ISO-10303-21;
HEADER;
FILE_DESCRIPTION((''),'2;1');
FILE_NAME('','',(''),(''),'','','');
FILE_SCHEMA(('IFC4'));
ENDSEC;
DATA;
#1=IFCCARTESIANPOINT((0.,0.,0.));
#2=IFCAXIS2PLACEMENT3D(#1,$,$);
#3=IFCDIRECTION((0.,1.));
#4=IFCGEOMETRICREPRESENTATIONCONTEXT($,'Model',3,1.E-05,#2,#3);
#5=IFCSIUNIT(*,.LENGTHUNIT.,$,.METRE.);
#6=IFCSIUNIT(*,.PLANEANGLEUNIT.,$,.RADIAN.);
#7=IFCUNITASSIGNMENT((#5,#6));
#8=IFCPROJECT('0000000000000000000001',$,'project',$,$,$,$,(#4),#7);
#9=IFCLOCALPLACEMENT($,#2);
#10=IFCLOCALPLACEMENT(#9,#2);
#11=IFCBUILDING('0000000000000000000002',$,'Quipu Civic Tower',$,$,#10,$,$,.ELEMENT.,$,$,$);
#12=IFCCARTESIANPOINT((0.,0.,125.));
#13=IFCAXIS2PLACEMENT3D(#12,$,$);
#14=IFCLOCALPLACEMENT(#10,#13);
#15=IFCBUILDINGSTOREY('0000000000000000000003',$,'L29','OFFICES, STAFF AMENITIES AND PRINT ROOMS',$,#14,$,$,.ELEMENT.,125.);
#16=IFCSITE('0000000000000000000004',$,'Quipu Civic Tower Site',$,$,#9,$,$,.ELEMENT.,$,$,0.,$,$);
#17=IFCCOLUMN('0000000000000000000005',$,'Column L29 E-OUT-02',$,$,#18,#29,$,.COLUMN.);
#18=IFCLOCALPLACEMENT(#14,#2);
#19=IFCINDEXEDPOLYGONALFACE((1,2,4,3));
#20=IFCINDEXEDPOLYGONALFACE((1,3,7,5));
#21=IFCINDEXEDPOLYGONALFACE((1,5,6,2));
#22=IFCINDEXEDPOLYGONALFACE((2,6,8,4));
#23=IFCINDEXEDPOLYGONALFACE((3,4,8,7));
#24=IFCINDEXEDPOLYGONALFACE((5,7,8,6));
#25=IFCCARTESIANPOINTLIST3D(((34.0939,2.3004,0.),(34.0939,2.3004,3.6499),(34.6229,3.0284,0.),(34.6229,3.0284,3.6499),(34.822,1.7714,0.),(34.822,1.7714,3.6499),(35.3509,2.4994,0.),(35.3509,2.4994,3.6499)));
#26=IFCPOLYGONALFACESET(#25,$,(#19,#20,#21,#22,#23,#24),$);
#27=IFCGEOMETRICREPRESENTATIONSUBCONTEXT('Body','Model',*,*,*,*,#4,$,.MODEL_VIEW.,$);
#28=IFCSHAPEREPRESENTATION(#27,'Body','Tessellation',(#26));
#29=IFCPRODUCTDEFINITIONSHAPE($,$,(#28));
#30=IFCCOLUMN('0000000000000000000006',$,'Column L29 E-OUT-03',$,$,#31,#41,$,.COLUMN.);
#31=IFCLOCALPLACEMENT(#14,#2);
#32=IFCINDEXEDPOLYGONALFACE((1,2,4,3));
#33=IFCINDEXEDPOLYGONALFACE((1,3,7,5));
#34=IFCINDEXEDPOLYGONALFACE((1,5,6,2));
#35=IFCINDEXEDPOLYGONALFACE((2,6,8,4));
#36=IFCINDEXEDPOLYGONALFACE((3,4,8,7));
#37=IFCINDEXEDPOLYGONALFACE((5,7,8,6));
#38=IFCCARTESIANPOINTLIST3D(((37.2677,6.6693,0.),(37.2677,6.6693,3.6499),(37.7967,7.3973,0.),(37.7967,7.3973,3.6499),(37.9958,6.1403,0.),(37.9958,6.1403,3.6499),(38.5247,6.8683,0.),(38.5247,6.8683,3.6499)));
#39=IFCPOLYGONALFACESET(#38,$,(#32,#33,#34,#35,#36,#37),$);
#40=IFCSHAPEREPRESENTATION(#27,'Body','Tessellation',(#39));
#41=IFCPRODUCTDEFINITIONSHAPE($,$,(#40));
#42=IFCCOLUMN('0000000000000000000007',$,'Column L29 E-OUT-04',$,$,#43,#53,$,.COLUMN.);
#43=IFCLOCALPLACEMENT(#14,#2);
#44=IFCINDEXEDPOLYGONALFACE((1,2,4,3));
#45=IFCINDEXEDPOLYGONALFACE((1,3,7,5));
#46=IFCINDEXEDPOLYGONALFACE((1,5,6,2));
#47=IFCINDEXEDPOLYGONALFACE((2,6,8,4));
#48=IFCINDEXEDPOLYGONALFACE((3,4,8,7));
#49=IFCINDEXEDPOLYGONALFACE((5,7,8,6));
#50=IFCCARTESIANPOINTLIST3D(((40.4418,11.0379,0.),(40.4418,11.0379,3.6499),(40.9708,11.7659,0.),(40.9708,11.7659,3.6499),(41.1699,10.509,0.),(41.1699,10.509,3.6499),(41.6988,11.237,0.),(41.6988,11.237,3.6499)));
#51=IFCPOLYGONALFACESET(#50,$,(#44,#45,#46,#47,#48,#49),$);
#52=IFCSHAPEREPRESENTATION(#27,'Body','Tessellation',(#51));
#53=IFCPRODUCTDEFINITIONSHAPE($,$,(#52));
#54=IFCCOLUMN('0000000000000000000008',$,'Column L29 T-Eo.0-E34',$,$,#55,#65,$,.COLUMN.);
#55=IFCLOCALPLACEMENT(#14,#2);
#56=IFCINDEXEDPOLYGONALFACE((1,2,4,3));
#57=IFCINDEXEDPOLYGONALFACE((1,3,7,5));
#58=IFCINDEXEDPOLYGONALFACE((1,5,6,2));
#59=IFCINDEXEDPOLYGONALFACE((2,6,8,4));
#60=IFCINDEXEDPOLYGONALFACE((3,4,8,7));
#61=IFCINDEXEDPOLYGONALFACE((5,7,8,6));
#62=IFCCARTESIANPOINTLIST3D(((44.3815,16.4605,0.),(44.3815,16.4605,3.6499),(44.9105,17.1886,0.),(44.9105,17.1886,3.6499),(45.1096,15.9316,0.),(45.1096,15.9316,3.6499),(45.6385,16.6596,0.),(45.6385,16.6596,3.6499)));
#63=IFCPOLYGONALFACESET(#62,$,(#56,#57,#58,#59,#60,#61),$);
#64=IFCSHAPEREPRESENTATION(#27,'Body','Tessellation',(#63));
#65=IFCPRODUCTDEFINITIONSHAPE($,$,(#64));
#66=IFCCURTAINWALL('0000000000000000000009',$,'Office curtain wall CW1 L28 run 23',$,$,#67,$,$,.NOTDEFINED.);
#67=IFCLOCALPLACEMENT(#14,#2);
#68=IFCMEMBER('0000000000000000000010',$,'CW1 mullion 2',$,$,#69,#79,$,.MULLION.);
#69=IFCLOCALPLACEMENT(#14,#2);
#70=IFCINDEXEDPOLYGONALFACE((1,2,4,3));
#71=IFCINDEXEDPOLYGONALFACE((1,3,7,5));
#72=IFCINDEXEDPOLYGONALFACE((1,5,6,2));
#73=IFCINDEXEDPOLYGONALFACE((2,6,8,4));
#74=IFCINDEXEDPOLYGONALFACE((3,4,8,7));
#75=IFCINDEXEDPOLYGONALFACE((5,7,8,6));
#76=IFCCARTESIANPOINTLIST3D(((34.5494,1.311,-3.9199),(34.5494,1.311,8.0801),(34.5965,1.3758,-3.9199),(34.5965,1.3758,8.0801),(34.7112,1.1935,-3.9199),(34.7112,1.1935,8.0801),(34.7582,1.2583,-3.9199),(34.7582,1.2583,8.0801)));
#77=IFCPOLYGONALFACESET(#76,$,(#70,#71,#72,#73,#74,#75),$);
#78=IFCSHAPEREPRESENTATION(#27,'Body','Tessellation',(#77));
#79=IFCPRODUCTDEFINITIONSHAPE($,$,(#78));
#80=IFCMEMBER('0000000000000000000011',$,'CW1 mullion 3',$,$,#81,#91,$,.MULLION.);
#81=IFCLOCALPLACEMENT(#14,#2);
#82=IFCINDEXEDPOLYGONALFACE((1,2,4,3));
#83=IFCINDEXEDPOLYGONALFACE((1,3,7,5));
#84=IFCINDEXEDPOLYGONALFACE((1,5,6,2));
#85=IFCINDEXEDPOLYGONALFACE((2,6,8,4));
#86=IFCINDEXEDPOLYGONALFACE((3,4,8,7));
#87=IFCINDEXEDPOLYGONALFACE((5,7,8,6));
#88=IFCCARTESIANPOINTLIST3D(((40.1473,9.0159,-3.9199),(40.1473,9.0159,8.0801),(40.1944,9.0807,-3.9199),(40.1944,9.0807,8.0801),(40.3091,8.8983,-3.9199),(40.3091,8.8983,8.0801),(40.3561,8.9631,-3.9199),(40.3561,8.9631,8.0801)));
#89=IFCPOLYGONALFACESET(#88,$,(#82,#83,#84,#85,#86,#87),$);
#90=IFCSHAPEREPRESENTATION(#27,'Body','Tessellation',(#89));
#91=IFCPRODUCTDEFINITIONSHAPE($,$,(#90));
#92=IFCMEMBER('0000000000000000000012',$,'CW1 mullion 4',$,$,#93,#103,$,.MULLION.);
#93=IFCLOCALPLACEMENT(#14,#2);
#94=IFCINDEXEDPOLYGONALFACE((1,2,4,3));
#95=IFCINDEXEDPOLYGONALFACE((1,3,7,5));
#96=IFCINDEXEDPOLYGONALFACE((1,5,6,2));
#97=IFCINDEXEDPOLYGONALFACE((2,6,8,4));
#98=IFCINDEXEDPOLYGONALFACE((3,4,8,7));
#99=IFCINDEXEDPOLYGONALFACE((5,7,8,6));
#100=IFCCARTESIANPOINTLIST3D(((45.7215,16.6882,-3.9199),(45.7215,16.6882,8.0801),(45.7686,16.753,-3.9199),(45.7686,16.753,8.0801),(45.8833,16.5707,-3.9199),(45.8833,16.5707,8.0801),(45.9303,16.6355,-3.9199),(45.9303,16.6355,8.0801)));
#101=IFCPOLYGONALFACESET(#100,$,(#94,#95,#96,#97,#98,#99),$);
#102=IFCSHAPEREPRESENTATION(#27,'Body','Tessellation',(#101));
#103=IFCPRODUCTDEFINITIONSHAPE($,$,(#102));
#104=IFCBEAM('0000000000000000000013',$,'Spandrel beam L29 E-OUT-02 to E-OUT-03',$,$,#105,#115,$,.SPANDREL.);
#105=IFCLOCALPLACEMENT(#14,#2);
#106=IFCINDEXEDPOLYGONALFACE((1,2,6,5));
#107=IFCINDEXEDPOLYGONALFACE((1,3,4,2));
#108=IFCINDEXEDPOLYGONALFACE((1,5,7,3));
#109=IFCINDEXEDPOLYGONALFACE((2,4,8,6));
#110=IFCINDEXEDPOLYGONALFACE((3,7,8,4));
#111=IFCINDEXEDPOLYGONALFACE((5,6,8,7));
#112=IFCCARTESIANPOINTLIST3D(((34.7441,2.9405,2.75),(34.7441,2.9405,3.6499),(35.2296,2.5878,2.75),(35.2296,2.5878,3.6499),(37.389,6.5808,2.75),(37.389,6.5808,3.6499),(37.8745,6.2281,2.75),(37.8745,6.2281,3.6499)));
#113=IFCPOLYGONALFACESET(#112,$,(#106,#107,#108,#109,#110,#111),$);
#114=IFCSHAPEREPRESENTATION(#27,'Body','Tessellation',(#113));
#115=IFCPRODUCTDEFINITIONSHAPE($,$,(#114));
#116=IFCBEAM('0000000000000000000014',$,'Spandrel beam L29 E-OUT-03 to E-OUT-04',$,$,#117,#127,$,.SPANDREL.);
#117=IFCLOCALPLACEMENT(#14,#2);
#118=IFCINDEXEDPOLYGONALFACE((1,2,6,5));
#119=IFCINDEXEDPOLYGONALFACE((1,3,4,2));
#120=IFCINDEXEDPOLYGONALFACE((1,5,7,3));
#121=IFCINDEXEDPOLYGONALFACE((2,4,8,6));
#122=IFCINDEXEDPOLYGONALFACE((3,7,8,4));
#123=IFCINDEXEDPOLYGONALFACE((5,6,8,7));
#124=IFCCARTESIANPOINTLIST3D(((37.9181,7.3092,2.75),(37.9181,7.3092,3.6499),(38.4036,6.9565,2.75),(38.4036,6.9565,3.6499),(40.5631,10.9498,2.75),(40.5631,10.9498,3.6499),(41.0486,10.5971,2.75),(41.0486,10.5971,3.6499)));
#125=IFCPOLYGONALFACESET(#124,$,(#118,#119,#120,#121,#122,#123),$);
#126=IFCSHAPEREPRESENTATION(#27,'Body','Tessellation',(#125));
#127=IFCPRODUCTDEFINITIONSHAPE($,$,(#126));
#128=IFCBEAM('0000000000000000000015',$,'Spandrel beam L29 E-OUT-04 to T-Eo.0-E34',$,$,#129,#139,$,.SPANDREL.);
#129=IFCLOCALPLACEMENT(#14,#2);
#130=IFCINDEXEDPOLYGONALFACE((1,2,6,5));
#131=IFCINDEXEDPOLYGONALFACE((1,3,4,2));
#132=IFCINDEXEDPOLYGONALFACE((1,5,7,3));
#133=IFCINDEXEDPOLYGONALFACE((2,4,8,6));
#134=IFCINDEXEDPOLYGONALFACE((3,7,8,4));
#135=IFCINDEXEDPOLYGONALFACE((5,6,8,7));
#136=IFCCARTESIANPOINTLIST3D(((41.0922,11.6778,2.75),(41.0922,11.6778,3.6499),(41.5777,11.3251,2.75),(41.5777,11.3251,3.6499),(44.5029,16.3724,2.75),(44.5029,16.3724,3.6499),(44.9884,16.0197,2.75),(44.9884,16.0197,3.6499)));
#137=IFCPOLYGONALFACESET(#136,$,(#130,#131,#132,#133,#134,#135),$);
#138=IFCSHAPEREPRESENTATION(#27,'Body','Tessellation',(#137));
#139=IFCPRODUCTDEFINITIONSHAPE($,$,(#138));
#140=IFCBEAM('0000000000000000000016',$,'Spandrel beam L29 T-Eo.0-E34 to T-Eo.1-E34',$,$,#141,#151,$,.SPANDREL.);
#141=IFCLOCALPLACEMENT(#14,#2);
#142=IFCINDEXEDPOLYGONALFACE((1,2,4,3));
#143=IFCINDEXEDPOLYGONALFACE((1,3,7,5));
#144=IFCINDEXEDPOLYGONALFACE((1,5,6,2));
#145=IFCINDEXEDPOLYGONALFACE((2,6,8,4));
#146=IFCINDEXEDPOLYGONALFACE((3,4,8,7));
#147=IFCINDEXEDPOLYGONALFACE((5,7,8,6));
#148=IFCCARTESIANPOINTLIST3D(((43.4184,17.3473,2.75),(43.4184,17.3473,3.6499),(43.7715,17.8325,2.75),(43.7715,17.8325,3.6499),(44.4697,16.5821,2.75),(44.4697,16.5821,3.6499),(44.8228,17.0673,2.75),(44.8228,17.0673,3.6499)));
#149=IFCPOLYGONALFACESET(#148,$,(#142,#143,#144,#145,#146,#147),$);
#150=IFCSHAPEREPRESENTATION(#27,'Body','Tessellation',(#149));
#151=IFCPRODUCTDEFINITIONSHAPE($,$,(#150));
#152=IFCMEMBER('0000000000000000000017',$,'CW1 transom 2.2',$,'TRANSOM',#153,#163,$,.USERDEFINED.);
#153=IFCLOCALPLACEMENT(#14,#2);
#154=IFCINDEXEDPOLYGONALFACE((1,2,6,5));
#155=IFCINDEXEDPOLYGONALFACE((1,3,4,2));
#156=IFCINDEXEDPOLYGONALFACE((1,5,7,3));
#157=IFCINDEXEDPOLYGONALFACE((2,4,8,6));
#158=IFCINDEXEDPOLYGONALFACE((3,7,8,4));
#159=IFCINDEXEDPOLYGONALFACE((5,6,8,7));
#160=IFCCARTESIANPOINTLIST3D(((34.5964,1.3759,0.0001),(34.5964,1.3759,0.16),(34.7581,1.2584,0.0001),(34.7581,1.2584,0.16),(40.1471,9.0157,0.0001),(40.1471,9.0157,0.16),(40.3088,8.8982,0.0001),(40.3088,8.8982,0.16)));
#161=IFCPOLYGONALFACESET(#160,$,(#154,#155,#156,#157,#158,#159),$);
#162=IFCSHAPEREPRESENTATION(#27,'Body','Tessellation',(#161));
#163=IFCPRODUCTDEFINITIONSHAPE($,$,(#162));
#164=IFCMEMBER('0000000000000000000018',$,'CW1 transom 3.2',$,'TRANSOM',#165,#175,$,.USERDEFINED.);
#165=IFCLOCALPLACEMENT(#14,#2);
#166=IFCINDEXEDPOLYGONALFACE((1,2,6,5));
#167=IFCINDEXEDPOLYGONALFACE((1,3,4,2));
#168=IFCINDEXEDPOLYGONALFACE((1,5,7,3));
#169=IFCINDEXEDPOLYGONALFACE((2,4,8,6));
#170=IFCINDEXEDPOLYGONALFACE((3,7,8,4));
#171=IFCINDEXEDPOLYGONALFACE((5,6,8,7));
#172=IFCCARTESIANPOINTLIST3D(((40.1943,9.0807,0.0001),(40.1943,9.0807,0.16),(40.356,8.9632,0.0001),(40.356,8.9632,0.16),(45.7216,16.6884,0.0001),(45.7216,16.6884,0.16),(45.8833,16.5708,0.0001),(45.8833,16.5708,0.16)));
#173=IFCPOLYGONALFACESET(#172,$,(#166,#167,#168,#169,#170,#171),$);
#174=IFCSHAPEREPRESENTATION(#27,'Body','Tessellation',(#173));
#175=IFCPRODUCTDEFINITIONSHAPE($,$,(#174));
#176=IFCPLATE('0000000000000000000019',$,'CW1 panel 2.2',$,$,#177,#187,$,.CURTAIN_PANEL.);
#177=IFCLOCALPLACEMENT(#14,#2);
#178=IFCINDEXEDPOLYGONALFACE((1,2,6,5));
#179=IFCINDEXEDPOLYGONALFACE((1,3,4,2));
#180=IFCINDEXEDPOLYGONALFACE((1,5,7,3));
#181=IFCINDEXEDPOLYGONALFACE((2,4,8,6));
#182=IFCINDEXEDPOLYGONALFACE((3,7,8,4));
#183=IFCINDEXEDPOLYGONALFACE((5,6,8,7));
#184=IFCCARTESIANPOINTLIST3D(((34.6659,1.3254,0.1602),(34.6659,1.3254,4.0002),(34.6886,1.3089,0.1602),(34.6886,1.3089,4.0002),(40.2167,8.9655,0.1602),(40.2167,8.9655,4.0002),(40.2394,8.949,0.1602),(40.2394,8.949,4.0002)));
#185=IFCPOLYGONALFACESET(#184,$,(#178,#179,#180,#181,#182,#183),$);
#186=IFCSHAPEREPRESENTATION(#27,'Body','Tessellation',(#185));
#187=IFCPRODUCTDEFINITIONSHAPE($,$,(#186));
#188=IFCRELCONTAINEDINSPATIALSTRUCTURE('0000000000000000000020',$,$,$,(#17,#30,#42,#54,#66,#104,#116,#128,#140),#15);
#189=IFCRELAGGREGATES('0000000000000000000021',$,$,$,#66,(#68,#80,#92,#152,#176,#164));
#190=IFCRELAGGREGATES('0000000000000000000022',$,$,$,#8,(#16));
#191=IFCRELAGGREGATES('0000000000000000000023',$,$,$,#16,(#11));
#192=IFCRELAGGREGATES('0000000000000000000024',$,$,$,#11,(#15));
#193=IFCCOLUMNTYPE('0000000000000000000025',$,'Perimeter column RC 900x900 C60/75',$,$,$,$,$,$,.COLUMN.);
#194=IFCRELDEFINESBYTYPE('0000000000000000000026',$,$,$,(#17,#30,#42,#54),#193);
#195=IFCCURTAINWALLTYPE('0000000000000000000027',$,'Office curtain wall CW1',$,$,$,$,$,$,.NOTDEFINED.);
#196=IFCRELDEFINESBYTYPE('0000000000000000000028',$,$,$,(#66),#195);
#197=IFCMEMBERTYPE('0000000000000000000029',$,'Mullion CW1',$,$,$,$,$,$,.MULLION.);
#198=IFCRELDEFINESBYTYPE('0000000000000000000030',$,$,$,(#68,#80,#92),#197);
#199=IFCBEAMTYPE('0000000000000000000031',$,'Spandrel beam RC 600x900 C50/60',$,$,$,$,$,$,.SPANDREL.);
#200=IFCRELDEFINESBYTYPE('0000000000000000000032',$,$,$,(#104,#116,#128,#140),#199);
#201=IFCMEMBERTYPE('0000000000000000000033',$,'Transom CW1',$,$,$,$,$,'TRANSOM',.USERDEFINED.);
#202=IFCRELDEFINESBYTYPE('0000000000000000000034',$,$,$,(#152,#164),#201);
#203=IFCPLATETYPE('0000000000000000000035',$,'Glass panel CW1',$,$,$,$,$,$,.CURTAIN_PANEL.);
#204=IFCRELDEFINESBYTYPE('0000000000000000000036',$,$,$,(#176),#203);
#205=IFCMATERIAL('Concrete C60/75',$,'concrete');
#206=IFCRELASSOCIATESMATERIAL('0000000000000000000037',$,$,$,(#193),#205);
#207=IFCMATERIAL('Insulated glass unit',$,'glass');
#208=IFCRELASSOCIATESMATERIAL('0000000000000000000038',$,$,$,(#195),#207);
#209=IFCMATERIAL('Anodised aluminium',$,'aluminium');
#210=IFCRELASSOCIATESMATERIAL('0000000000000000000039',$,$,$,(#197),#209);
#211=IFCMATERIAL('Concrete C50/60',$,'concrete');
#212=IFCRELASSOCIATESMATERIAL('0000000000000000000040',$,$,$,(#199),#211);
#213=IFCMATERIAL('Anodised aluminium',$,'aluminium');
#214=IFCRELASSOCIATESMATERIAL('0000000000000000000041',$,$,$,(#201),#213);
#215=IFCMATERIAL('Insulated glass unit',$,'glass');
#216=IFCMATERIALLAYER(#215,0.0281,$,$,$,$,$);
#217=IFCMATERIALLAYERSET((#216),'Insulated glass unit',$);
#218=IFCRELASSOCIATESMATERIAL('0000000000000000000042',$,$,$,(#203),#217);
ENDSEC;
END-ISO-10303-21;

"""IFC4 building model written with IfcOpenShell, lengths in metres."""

from ifc_helpers import new_model, si_unit, direction, frame, origin, origin_2d, place, context, subcontext, project, spatial, rectangle, extrude, material, layer, layer_set, material_profile, profile_set, type_object, element, aggregate, save


model = new_model("IFC4")

# Units and contexts
model_context = context("Model", 3, precision=1e-05, world=origin(), true_north=direction((0.0, 1.0)))
body_context = subcontext(model_context, "Body", "Model", "MODEL_VIEW")
ifc_project = project(units=[si_unit("LENGTHUNIT", "METRE"), si_unit("PLANEANGLEUNIT", "RADIAN")], contexts=[model_context])

# Site, building, storey
site_placement = place(None, origin())
site = spatial("IfcSite", under=ifc_project, at=site_placement, Name="Quipu Civic Tower Site", CompositionType="ELEMENT", RefElevation=0.0)
building_placement = place(site_placement, origin())
building = spatial("IfcBuilding", under=site, at=building_placement, Name="Quipu Civic Tower", CompositionType="ELEMENT")
storey_placement = place(building_placement, frame((0.0, 0.0, 125.0)))
storey = spatial("IfcBuildingStorey", under=building, at=storey_placement, Name="L29", Description="OFFICES, STAFF AMENITIES AND PRINT ROOMS", CompositionType="ELEMENT", Elevation=125.0)

# Columns
ifc_material_1 = material(Name="Concrete C60/75", Category="concrete")
ifc_material_profile_1 = material_profile(ifc_material_1, rectangle(XDim=0.8999, YDim=0.8999, at=origin_2d()), Name="RC900x900")
ifc_profile_set_1 = profile_set([ifc_material_profile_1], Name="Concrete C60/75")
column_type = type_object("IfcColumnType", Name="Perimeter column RC 900x900 C60/75", PredefinedType="COLUMN", material=ifc_profile_set_1)
for number, where, z_axis, x_axis, name in (
    (1, (34.7224, 2.3999, 0.0), (0.0, 0.0, 1.0), (0.587785, 0.809017, 0.0), "Column L29 E-OUT-02"),
    (2, (37.8962, 6.7688, 0.0), (0.0, 0.0, 1.0), (0.587785, 0.809017, 0.0), "Column L29 E-OUT-03"),
    (3, (41.0703, 11.1375, 0.0), (0.0, 0.0, 1.0), (0.587785, 0.809017, 0.0), "Column L29 E-OUT-04"),
    (4, (45.01, 16.5601, 0.0), (0.0, 0.0, 1.0), (0.587785, 0.809017, 0.0), "Column L29 T-Eo.0-E34"),
):
    element("IfcColumn", number, at=place(storey_placement, frame(where, z_axis=z_axis, x_axis=x_axis)), inside=storey, type_object=column_type, Name=name, PredefinedType="COLUMN", context=body_context, shape_type="SweptSolid", body=[
        extrude(rectangle(XDim=0.8999, YDim=0.8999, at=origin_2d()), origin(), (0.0, 0.0, 1.0), 3.6499),
    ])

# Curtain wall, members
ifc_material_2 = material(Name="Insulated glass unit", Category="glass")
curtain_wall_type = type_object("IfcCurtainWallType", Name="Office curtain wall CW1", PredefinedType="NOTDEFINED", material=ifc_material_2)
curtain_wall_placement = place(storey_placement, origin())
curtain_wall = element("IfcCurtainWall", 5, at=curtain_wall_placement, inside=storey, type_object=curtain_wall_type, Name="Office curtain wall CW1 L28 run 23", PredefinedType="NOTDEFINED")
ifc_material_3 = material(Name="Anodised aluminium", Category="aluminium")
ifc_material_profile_2 = material_profile(ifc_material_3, rectangle(XDim=0.2, YDim=0.0801, at=origin_2d()), Name="RECT 200x80")
ifc_profile_set_2 = profile_set([ifc_material_profile_2], Name="Anodised aluminium")
member_type_1 = type_object("IfcMemberType", Name="Mullion CW1", PredefinedType="MULLION", material=ifc_profile_set_2)
member_1_placement = place(storey_placement, frame((34.6538, 1.2847, -3.9199), z_axis=(0.0, 0.0, 1.0), x_axis=(-0.809017, 0.587785, 0.0)))
member_1 = element("IfcMember", 6, at=member_1_placement, type_object=member_type_1, Name="CW1 mullion 2", PredefinedType="MULLION", context=body_context, shape_type="SweptSolid", body=[
    extrude(rectangle(XDim=0.2, YDim=0.0801, at=origin_2d()), origin(), (0.0, 0.0, 1.0), 12.0),
])
member_2_placement = place(storey_placement, frame((40.2517, 8.9895, -3.9199), z_axis=(0.0, 0.0, 1.0), x_axis=(-0.809017, 0.587785, 0.0)))
member_2 = element("IfcMember", 7, at=member_2_placement, type_object=member_type_1, Name="CW1 mullion 3", PredefinedType="MULLION", context=body_context, shape_type="SweptSolid", body=[
    extrude(rectangle(XDim=0.2, YDim=0.0801, at=origin_2d()), origin(), (0.0, 0.0, 1.0), 12.0),
])
member_3_placement = place(storey_placement, frame((45.8259, 16.6619, -3.9199), z_axis=(0.0, 0.0, 1.0), x_axis=(-0.809017, 0.587785, 0.0)))
member_3 = element("IfcMember", 8, at=member_3_placement, type_object=member_type_1, Name="CW1 mullion 4", PredefinedType="MULLION", context=body_context, shape_type="SweptSolid", body=[
    extrude(rectangle(XDim=0.2, YDim=0.0801, at=origin_2d()), origin(), (0.0, 0.0, 1.0), 12.0),
])

# Beams
ifc_material_4 = material(Name="Concrete C50/60", Category="concrete")
ifc_material_profile_3 = material_profile(ifc_material_4, rectangle(XDim=0.6001, YDim=0.8999, at=origin_2d()), Name="RC600x900")
ifc_profile_set_3 = profile_set([ifc_material_profile_3], Name="Concrete C50/60")
beam_type = type_object("IfcBeamType", Name="Spandrel beam RC 600x900 C50/60", PredefinedType="SPANDREL", material=ifc_profile_set_3)
beam_1_placement = place(storey_placement, frame((34.9868, 2.7642, 3.2), z_axis=(0.587804, 0.809003, 0.0), x_axis=(-0.809003, 0.587804, 0.0)))
element("IfcBeam", 9, at=beam_1_placement, inside=storey, type_object=beam_type, Name="Spandrel beam L29 E-OUT-02 to E-OUT-03", PredefinedType="SPANDREL", context=body_context, shape_type="SweptSolid", body=[
    extrude(rectangle(XDim=0.6001, YDim=0.8999, at=origin_2d()), origin(), (0.0, 0.0, 1.0), 4.4998),
])
beam_2_placement = place(storey_placement, frame((38.1609, 7.1328, 3.2), z_axis=(0.587778, 0.809022, 0.0), x_axis=(-0.809022, 0.587778, 0.0)))
element("IfcBeam", 10, at=beam_2_placement, inside=storey, type_object=beam_type, Name="Spandrel beam L29 E-OUT-03 to E-OUT-04", PredefinedType="SPANDREL", context=body_context, shape_type="SweptSolid", body=[
    extrude(rectangle(XDim=0.6001, YDim=0.8999, at=origin_2d()), origin(), (0.0, 0.0, 1.0), 4.5),
])
beam_3_placement = place(storey_placement, frame((41.335, 11.5015, 3.2), z_axis=(0.587766, 0.809031, 0.0), x_axis=(-0.809031, 0.587766, 0.0)))
element("IfcBeam", 11, at=beam_3_placement, inside=storey, type_object=beam_type, Name="Spandrel beam L29 E-OUT-04 to T-Eo.0-E34", PredefinedType="SPANDREL", context=body_context, shape_type="SweptSolid", body=[
    extrude(rectangle(XDim=0.6001, YDim=0.8999, at=origin_2d()), origin(), (0.0, 0.0, 1.0), 5.8027),
])
beam_4_placement = place(storey_placement, frame((44.6462, 16.8247, 3.2), z_axis=(-0.808525, 0.588462, 0.0), x_axis=(-0.588462, -0.808525, 0.0)))
element("IfcBeam", 12, at=beam_4_placement, inside=storey, type_object=beam_type, Name="Spandrel beam L29 T-Eo.0-E34 to T-Eo.1-E34", PredefinedType="SPANDREL", context=body_context, shape_type="SweptSolid", body=[
    extrude(rectangle(XDim=0.6001, YDim=0.8999, at=origin_2d()), origin(), (0.0, 0.0, 1.0), 1.3003),
])

# Members
ifc_material_5 = material(Name="Anodised aluminium", Category="aluminium")
ifc_material_profile_4 = material_profile(ifc_material_5, rectangle(XDim=0.2, YDim=0.1599, at=origin_2d()), Name="RECT 200x160")
ifc_profile_set_4 = profile_set([ifc_material_profile_4], Name="Anodised aluminium")
member_type_2 = type_object("IfcMemberType", Name="Transom CW1", ElementType="TRANSOM", PredefinedType="USERDEFINED", material=ifc_profile_set_4)
member_4_placement = place(storey_placement, frame((34.6772, 1.3171, 0.0801), z_axis=(0.58779, 0.809013, 0.0), x_axis=(-0.809013, 0.58779, 0.0)))
member_4 = element("IfcMember", 13, at=member_4_placement, type_object=member_type_2, Name="CW1 transom 2.2", ObjectType="TRANSOM", PredefinedType="USERDEFINED", context=body_context, shape_type="SweptSolid", body=[
    extrude(rectangle(XDim=0.2, YDim=0.1599, at=origin_2d()), origin(), (0.0, 0.0, 1.0), 9.4434),
])
member_5_placement = place(storey_placement, frame((40.2751, 9.022, 0.0801), z_axis=(0.587789, 0.809014, 0.0), x_axis=(-0.809014, 0.587789, 0.0)))
member_5 = element("IfcMember", 14, at=member_5_placement, type_object=member_type_2, Name="CW1 transom 3.2", ObjectType="TRANSOM", PredefinedType="USERDEFINED", context=body_context, shape_type="SweptSolid", body=[
    extrude(rectangle(XDim=0.2, YDim=0.1599, at=origin_2d()), origin(), (0.0, 0.0, 1.0), 9.4036),
])

# Plate
ifc_material_6 = material(Name="Insulated glass unit", Category="glass")
ifc_layer_1 = layer(ifc_material_6, 0.0281)
ifc_layer_set_1 = layer_set([ifc_layer_1], Name="Insulated glass unit")
plate_type_1 = type_object("IfcPlateType", Name="Glass panel CW1", PredefinedType="CURTAIN_PANEL", material=ifc_layer_set_1)
plate_1_placement = place(storey_placement, frame((37.4526, 5.1372, 0.1602), z_axis=(0.0, 0.0, 1.0), x_axis=(0.587785, 0.809017, 0.0)))
plate_1 = element("IfcPlate", 15, at=plate_1_placement, type_object=plate_type_1, Name="CW1 panel 2.2", PredefinedType="CURTAIN_PANEL", context=body_context, shape_type="SweptSolid", body=[
    extrude(rectangle(XDim=9.4436, YDim=0.0281, at=origin_2d()), origin(), (0.0, 0.0, 1.0), 3.8401),
])
aggregate(curtain_wall, [member_1, member_2, member_3, member_4, plate_1, member_5])

save(model, "model.ifc")
